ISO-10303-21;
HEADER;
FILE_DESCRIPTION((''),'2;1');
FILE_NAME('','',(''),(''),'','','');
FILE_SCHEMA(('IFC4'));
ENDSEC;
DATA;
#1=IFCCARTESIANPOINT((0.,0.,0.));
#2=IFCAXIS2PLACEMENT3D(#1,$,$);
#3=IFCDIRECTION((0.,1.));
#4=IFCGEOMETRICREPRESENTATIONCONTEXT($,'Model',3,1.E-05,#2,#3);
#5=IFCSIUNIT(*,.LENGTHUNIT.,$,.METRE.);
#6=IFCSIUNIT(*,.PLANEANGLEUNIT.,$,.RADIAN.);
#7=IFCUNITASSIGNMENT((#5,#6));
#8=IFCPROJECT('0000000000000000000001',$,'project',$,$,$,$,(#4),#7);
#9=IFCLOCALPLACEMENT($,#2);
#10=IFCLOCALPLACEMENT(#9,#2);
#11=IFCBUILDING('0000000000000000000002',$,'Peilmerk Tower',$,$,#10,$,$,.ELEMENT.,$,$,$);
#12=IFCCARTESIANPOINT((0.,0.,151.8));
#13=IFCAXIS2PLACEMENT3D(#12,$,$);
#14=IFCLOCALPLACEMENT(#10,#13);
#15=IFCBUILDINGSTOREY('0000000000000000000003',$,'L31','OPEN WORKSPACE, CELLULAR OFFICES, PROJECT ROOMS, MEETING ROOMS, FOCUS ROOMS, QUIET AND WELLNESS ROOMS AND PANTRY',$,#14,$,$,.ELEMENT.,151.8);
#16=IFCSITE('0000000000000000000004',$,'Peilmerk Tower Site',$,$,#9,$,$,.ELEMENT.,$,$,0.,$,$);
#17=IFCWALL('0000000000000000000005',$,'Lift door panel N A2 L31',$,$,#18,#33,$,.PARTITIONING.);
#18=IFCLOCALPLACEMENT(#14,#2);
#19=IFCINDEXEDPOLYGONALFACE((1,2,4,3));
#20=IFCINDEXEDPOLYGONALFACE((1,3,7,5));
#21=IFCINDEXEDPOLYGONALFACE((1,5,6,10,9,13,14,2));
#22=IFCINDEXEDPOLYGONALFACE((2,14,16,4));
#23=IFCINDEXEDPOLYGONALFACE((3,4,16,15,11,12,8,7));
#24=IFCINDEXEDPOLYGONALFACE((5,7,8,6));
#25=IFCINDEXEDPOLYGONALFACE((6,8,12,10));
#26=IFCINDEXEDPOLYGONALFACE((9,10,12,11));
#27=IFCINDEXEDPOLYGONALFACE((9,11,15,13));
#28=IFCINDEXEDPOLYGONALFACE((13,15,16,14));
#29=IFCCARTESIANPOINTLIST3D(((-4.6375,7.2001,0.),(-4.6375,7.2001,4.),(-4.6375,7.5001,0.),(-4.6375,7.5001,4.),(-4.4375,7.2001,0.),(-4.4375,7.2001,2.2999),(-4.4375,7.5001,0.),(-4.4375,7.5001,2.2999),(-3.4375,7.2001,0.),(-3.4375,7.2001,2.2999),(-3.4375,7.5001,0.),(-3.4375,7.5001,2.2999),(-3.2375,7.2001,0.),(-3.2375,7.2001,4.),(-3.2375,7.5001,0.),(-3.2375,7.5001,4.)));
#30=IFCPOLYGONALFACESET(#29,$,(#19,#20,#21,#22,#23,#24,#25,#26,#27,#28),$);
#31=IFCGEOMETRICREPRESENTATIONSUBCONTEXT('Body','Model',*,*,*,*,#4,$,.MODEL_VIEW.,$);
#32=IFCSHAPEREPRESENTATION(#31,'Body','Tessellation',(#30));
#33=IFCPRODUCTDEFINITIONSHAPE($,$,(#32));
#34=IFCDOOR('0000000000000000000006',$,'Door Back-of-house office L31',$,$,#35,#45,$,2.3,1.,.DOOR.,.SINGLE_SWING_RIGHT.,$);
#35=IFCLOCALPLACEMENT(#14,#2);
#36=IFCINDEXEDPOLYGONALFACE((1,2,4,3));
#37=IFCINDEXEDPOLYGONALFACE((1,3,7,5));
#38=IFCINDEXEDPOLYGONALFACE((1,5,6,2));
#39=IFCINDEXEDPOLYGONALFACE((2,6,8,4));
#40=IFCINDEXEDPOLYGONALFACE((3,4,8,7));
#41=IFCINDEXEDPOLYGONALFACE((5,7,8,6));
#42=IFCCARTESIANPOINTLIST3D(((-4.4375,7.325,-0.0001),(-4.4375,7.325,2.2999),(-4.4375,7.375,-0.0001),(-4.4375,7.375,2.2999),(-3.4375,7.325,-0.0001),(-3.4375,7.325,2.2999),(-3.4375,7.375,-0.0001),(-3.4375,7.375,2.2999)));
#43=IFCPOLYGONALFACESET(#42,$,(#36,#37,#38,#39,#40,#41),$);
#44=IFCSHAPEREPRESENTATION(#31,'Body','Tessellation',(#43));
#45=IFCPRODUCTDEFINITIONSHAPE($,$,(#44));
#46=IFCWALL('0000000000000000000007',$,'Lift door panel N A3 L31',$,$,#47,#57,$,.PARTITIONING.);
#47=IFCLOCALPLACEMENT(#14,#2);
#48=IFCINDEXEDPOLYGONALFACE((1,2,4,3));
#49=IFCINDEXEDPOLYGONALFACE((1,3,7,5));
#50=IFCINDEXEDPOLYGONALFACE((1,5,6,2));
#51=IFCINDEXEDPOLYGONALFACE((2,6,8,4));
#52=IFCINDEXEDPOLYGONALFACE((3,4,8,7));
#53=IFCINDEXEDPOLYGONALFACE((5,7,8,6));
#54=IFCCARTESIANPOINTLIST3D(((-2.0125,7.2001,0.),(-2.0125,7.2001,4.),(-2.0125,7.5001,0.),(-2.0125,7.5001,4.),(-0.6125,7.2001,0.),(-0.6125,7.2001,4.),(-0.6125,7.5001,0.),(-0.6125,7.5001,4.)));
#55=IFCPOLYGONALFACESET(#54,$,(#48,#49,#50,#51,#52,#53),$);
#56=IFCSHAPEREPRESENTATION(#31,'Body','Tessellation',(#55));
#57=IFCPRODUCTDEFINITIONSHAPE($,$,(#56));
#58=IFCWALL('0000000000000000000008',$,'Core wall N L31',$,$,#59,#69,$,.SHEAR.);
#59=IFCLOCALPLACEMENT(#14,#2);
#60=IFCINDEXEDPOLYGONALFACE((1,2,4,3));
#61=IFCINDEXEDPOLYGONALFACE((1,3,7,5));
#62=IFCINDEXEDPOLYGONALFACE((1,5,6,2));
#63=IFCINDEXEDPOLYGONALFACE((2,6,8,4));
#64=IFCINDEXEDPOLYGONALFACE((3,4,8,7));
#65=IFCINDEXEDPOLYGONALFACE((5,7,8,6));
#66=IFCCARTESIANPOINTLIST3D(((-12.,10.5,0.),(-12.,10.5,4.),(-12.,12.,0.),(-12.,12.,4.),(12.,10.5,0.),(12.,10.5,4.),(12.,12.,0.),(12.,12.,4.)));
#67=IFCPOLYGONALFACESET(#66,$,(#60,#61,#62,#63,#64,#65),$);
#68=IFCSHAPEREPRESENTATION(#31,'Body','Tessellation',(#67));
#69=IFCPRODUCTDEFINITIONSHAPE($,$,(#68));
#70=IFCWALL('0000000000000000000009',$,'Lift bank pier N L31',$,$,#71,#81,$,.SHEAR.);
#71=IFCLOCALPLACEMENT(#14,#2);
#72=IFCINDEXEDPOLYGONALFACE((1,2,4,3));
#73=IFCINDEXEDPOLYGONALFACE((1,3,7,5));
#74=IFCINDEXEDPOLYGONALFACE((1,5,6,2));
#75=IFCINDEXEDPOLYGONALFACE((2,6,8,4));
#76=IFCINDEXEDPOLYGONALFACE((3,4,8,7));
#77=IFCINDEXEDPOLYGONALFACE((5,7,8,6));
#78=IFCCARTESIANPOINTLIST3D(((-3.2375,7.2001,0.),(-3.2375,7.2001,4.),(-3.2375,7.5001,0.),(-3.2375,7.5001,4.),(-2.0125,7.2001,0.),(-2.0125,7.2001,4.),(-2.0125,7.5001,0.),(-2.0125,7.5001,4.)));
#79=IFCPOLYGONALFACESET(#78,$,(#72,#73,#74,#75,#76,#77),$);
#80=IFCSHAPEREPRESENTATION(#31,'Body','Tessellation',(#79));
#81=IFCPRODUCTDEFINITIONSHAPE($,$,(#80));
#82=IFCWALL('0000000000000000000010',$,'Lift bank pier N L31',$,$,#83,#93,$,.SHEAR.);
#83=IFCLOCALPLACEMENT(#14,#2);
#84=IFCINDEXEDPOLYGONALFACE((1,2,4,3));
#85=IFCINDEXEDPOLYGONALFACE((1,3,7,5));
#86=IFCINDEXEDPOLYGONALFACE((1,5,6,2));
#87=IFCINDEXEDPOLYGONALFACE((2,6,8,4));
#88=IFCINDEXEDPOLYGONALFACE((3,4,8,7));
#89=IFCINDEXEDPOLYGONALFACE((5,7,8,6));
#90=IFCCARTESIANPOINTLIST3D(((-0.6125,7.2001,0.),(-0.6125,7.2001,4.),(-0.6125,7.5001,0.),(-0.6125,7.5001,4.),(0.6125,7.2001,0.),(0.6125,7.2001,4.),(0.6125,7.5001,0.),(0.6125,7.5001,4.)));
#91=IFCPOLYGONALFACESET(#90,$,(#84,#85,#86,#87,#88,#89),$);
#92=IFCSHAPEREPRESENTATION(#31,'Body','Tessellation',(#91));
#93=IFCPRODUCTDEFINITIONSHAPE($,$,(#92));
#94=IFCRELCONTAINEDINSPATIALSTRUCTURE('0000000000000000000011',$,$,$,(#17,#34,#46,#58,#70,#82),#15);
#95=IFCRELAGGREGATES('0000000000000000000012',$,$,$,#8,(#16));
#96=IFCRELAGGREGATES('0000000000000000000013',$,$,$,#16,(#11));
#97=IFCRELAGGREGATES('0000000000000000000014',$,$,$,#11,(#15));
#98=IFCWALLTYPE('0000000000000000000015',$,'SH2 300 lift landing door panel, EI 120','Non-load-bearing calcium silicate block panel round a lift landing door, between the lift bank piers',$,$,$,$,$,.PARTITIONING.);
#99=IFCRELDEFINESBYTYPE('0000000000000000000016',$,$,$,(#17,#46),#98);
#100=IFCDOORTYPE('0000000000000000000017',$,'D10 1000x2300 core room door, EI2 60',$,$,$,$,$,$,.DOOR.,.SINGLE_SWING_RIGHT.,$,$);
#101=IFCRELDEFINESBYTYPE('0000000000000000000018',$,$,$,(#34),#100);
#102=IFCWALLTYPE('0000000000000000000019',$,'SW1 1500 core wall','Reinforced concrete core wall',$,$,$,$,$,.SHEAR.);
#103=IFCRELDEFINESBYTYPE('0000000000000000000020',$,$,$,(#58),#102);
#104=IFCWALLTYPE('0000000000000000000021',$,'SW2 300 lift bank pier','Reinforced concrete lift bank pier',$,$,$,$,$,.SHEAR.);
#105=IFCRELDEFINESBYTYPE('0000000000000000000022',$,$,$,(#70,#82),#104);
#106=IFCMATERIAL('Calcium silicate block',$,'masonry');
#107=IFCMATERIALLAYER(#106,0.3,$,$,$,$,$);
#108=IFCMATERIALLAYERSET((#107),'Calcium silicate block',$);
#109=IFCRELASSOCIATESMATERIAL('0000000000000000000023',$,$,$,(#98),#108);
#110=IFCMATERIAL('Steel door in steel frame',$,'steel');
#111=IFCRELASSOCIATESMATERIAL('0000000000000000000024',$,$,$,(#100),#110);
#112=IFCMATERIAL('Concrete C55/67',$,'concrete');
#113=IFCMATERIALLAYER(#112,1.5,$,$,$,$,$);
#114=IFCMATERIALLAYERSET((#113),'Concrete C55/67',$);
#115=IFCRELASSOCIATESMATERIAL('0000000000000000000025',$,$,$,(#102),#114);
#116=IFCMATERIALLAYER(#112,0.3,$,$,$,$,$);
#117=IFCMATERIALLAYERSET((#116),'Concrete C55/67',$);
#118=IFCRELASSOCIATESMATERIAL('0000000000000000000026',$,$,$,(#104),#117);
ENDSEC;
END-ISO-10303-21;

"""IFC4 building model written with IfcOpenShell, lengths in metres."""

from ifc_helpers import new_model, si_unit, direction, frame, frame_2d, origin, place, context, subcontext, project, spatial, rectangle, extrude, material, layer, layer_set, type_object, element, fill, save


model = new_model("IFC4")

# Units and contexts
model_context = context("Model", 3, precision=1e-05, world=origin(), true_north=direction((0.0, 1.0)))
body_context = subcontext(model_context, "Body", "Model", "MODEL_VIEW")
ifc_project = project(units=[si_unit("LENGTHUNIT", "METRE"), si_unit("PLANEANGLEUNIT", "RADIAN")], contexts=[model_context])

# Site, building, storey
site_placement = place(None, origin())
site = spatial("IfcSite", under=ifc_project, at=site_placement, Name="Peilmerk Tower Site", CompositionType="ELEMENT", RefElevation=0.0)
building_placement = place(site_placement, origin())
building = spatial("IfcBuilding", under=site, at=building_placement, Name="Peilmerk Tower", CompositionType="ELEMENT")
storey_placement = place(building_placement, frame((0.0, 0.0, 151.8)))
storey = spatial("IfcBuildingStorey", under=building, at=storey_placement, Name="L31", Description="OPEN WORKSPACE, CELLULAR OFFICES, PROJECT ROOMS, MEETING ROOMS, FOCUS ROOMS, QUIET AND WELLNESS ROOMS AND PANTRY", CompositionType="ELEMENT", Elevation=151.8)

# Shared definitions
ifc_material_1 = material(Name="Calcium silicate block", Category="masonry")

# Wall, opening, door
ifc_layer_1 = layer(ifc_material_1, 0.3)
ifc_layer_set_1 = layer_set([ifc_layer_1], Name="Calcium silicate block")
wall_type_1 = type_object("IfcWallType", Name="SH2 300 lift landing door panel, EI 120", Description="Non-load-bearing calcium silicate block panel round a lift landing door, between the lift bank piers", PredefinedType="PARTITIONING", material=ifc_layer_set_1)
wall_1_placement = place(storey_placement, frame((-4.6375, 7.3501, 0.0), z_axis=(0.0, 0.0, 1.0), x_axis=(1.0, 0.0, 0.0)))
wall_1 = element("IfcWall", 1, at=wall_1_placement, inside=storey, type_object=wall_type_1, Name="Lift door panel N A2 L31", PredefinedType="PARTITIONING", context=body_context, shape_type="SweptSolid", body=[
    extrude(rectangle(XDim=1.3999, YDim=0.3, at=frame_2d((0.7, 0.0))), origin(), (0.0, 0.0, 1.0), 4.0),
])
opening_1_placement = place(wall_1_placement, frame((0.2, 0.0, 0.0)))
opening_1 = element("IfcOpeningElement", 2, at=opening_1_placement, cuts=wall_1, PredefinedType="OPENING", context=body_context, shape_type="SweptSolid", body=[
    extrude(rectangle(XDim=1.0, YDim=2.3, at=frame_2d((0.5, 1.1499))), frame((0.0, 0.1599, 0.0), z_axis=(0.0, -1.0, 0.0), x_axis=(1.0, 0.0, 0.0)), (0.0, 0.0, 1.0), 0.3201),
])
ifc_material_2 = material(Name="Steel door in steel frame", Category="steel")
door_type_1 = type_object("IfcDoorType", Name="D10 1000x2300 core room door, EI2 60", OperationType="SINGLE_SWING_RIGHT", PredefinedType="DOOR", material=ifc_material_2)
door_1_placement = place(opening_1_placement, origin())
door_1 = element("IfcDoor", 3, at=door_1_placement, inside=storey, type_object=door_type_1, Name="Door Back-of-house office L31", OperationType="SINGLE_SWING_RIGHT", OverallHeight=2.3, OverallWidth=1.0, PredefinedType="DOOR", context=body_context, shape_type="SweptSolid", body=[
    extrude(rectangle(XDim=1.0, YDim=2.3, at=frame_2d((0.5, 1.1499))), frame((0.0, 0.0249, 0.0), z_axis=(0.0, -1.0, 0.0), x_axis=(1.0, 0.0, 0.0)), (0.0, 0.0, 1.0), 0.05),
])
fill(opening_1, door_1)

# Walls
wall_2_placement = place(storey_placement, frame((-2.0125, 7.3501, 0.0), z_axis=(0.0, 0.0, 1.0), x_axis=(1.0, 0.0, 0.0)))
element("IfcWall", 4, at=wall_2_placement, inside=storey, type_object=wall_type_1, Name="Lift door panel N A3 L31", PredefinedType="PARTITIONING", context=body_context, shape_type="SweptSolid", body=[
    extrude(rectangle(XDim=1.3999, YDim=0.3, at=frame_2d((0.7, 0.0))), origin(), (0.0, 0.0, 1.0), 4.0),
])
ifc_material_3 = material(Name="Concrete C55/67", Category="concrete")
ifc_layer_2 = layer(ifc_material_3, 1.5)
ifc_layer_set_2 = layer_set([ifc_layer_2], Name="Concrete C55/67")
wall_type_2 = type_object("IfcWallType", Name="SW1 1500 core wall", Description="Reinforced concrete core wall", PredefinedType="SHEAR", material=ifc_layer_set_2)
wall_3_placement = place(storey_placement, frame((-12.0, 11.25, 0.0), z_axis=(0.0, 0.0, 1.0), x_axis=(1.0, 0.0, 0.0)))
element("IfcWall", 5, at=wall_3_placement, inside=storey, type_object=wall_type_2, Name="Core wall N L31", PredefinedType="SHEAR", context=body_context, shape_type="SweptSolid", body=[
    extrude(rectangle(XDim=24.0, YDim=1.5, at=frame_2d((12.0, 0.0))), origin(), (0.0, 0.0, 1.0), 4.0),
])
ifc_layer_3 = layer(ifc_material_3, 0.3)
ifc_layer_set_3 = layer_set([ifc_layer_3], Name="Concrete C55/67")
wall_type_3 = type_object("IfcWallType", Name="SW2 300 lift bank pier", Description="Reinforced concrete lift bank pier", PredefinedType="SHEAR", material=ifc_layer_set_3)
for number, where, z_axis, x_axis, name in (
    (6, (-3.2375, 7.3501, 0.0), (0.0, 0.0, 1.0), (1.0, 0.0, 0.0), "Lift bank pier N L31"),
    (7, (-0.6125, 7.3501, 0.0), (0.0, 0.0, 1.0), (1.0, 0.0, 0.0), "Lift bank pier N L31"),
):
    element("IfcWall", number, at=place(storey_placement, frame(where, z_axis=z_axis, x_axis=x_axis)), inside=storey, type_object=wall_type_3, Name=name, PredefinedType="SHEAR", context=body_context, shape_type="SweptSolid", body=[
        extrude(rectangle(XDim=1.2251, YDim=0.3, at=frame_2d((0.6125, 0.0))), origin(), (0.0, 0.0, 1.0), 4.0),
    ])

save(model, "model.ifc")
